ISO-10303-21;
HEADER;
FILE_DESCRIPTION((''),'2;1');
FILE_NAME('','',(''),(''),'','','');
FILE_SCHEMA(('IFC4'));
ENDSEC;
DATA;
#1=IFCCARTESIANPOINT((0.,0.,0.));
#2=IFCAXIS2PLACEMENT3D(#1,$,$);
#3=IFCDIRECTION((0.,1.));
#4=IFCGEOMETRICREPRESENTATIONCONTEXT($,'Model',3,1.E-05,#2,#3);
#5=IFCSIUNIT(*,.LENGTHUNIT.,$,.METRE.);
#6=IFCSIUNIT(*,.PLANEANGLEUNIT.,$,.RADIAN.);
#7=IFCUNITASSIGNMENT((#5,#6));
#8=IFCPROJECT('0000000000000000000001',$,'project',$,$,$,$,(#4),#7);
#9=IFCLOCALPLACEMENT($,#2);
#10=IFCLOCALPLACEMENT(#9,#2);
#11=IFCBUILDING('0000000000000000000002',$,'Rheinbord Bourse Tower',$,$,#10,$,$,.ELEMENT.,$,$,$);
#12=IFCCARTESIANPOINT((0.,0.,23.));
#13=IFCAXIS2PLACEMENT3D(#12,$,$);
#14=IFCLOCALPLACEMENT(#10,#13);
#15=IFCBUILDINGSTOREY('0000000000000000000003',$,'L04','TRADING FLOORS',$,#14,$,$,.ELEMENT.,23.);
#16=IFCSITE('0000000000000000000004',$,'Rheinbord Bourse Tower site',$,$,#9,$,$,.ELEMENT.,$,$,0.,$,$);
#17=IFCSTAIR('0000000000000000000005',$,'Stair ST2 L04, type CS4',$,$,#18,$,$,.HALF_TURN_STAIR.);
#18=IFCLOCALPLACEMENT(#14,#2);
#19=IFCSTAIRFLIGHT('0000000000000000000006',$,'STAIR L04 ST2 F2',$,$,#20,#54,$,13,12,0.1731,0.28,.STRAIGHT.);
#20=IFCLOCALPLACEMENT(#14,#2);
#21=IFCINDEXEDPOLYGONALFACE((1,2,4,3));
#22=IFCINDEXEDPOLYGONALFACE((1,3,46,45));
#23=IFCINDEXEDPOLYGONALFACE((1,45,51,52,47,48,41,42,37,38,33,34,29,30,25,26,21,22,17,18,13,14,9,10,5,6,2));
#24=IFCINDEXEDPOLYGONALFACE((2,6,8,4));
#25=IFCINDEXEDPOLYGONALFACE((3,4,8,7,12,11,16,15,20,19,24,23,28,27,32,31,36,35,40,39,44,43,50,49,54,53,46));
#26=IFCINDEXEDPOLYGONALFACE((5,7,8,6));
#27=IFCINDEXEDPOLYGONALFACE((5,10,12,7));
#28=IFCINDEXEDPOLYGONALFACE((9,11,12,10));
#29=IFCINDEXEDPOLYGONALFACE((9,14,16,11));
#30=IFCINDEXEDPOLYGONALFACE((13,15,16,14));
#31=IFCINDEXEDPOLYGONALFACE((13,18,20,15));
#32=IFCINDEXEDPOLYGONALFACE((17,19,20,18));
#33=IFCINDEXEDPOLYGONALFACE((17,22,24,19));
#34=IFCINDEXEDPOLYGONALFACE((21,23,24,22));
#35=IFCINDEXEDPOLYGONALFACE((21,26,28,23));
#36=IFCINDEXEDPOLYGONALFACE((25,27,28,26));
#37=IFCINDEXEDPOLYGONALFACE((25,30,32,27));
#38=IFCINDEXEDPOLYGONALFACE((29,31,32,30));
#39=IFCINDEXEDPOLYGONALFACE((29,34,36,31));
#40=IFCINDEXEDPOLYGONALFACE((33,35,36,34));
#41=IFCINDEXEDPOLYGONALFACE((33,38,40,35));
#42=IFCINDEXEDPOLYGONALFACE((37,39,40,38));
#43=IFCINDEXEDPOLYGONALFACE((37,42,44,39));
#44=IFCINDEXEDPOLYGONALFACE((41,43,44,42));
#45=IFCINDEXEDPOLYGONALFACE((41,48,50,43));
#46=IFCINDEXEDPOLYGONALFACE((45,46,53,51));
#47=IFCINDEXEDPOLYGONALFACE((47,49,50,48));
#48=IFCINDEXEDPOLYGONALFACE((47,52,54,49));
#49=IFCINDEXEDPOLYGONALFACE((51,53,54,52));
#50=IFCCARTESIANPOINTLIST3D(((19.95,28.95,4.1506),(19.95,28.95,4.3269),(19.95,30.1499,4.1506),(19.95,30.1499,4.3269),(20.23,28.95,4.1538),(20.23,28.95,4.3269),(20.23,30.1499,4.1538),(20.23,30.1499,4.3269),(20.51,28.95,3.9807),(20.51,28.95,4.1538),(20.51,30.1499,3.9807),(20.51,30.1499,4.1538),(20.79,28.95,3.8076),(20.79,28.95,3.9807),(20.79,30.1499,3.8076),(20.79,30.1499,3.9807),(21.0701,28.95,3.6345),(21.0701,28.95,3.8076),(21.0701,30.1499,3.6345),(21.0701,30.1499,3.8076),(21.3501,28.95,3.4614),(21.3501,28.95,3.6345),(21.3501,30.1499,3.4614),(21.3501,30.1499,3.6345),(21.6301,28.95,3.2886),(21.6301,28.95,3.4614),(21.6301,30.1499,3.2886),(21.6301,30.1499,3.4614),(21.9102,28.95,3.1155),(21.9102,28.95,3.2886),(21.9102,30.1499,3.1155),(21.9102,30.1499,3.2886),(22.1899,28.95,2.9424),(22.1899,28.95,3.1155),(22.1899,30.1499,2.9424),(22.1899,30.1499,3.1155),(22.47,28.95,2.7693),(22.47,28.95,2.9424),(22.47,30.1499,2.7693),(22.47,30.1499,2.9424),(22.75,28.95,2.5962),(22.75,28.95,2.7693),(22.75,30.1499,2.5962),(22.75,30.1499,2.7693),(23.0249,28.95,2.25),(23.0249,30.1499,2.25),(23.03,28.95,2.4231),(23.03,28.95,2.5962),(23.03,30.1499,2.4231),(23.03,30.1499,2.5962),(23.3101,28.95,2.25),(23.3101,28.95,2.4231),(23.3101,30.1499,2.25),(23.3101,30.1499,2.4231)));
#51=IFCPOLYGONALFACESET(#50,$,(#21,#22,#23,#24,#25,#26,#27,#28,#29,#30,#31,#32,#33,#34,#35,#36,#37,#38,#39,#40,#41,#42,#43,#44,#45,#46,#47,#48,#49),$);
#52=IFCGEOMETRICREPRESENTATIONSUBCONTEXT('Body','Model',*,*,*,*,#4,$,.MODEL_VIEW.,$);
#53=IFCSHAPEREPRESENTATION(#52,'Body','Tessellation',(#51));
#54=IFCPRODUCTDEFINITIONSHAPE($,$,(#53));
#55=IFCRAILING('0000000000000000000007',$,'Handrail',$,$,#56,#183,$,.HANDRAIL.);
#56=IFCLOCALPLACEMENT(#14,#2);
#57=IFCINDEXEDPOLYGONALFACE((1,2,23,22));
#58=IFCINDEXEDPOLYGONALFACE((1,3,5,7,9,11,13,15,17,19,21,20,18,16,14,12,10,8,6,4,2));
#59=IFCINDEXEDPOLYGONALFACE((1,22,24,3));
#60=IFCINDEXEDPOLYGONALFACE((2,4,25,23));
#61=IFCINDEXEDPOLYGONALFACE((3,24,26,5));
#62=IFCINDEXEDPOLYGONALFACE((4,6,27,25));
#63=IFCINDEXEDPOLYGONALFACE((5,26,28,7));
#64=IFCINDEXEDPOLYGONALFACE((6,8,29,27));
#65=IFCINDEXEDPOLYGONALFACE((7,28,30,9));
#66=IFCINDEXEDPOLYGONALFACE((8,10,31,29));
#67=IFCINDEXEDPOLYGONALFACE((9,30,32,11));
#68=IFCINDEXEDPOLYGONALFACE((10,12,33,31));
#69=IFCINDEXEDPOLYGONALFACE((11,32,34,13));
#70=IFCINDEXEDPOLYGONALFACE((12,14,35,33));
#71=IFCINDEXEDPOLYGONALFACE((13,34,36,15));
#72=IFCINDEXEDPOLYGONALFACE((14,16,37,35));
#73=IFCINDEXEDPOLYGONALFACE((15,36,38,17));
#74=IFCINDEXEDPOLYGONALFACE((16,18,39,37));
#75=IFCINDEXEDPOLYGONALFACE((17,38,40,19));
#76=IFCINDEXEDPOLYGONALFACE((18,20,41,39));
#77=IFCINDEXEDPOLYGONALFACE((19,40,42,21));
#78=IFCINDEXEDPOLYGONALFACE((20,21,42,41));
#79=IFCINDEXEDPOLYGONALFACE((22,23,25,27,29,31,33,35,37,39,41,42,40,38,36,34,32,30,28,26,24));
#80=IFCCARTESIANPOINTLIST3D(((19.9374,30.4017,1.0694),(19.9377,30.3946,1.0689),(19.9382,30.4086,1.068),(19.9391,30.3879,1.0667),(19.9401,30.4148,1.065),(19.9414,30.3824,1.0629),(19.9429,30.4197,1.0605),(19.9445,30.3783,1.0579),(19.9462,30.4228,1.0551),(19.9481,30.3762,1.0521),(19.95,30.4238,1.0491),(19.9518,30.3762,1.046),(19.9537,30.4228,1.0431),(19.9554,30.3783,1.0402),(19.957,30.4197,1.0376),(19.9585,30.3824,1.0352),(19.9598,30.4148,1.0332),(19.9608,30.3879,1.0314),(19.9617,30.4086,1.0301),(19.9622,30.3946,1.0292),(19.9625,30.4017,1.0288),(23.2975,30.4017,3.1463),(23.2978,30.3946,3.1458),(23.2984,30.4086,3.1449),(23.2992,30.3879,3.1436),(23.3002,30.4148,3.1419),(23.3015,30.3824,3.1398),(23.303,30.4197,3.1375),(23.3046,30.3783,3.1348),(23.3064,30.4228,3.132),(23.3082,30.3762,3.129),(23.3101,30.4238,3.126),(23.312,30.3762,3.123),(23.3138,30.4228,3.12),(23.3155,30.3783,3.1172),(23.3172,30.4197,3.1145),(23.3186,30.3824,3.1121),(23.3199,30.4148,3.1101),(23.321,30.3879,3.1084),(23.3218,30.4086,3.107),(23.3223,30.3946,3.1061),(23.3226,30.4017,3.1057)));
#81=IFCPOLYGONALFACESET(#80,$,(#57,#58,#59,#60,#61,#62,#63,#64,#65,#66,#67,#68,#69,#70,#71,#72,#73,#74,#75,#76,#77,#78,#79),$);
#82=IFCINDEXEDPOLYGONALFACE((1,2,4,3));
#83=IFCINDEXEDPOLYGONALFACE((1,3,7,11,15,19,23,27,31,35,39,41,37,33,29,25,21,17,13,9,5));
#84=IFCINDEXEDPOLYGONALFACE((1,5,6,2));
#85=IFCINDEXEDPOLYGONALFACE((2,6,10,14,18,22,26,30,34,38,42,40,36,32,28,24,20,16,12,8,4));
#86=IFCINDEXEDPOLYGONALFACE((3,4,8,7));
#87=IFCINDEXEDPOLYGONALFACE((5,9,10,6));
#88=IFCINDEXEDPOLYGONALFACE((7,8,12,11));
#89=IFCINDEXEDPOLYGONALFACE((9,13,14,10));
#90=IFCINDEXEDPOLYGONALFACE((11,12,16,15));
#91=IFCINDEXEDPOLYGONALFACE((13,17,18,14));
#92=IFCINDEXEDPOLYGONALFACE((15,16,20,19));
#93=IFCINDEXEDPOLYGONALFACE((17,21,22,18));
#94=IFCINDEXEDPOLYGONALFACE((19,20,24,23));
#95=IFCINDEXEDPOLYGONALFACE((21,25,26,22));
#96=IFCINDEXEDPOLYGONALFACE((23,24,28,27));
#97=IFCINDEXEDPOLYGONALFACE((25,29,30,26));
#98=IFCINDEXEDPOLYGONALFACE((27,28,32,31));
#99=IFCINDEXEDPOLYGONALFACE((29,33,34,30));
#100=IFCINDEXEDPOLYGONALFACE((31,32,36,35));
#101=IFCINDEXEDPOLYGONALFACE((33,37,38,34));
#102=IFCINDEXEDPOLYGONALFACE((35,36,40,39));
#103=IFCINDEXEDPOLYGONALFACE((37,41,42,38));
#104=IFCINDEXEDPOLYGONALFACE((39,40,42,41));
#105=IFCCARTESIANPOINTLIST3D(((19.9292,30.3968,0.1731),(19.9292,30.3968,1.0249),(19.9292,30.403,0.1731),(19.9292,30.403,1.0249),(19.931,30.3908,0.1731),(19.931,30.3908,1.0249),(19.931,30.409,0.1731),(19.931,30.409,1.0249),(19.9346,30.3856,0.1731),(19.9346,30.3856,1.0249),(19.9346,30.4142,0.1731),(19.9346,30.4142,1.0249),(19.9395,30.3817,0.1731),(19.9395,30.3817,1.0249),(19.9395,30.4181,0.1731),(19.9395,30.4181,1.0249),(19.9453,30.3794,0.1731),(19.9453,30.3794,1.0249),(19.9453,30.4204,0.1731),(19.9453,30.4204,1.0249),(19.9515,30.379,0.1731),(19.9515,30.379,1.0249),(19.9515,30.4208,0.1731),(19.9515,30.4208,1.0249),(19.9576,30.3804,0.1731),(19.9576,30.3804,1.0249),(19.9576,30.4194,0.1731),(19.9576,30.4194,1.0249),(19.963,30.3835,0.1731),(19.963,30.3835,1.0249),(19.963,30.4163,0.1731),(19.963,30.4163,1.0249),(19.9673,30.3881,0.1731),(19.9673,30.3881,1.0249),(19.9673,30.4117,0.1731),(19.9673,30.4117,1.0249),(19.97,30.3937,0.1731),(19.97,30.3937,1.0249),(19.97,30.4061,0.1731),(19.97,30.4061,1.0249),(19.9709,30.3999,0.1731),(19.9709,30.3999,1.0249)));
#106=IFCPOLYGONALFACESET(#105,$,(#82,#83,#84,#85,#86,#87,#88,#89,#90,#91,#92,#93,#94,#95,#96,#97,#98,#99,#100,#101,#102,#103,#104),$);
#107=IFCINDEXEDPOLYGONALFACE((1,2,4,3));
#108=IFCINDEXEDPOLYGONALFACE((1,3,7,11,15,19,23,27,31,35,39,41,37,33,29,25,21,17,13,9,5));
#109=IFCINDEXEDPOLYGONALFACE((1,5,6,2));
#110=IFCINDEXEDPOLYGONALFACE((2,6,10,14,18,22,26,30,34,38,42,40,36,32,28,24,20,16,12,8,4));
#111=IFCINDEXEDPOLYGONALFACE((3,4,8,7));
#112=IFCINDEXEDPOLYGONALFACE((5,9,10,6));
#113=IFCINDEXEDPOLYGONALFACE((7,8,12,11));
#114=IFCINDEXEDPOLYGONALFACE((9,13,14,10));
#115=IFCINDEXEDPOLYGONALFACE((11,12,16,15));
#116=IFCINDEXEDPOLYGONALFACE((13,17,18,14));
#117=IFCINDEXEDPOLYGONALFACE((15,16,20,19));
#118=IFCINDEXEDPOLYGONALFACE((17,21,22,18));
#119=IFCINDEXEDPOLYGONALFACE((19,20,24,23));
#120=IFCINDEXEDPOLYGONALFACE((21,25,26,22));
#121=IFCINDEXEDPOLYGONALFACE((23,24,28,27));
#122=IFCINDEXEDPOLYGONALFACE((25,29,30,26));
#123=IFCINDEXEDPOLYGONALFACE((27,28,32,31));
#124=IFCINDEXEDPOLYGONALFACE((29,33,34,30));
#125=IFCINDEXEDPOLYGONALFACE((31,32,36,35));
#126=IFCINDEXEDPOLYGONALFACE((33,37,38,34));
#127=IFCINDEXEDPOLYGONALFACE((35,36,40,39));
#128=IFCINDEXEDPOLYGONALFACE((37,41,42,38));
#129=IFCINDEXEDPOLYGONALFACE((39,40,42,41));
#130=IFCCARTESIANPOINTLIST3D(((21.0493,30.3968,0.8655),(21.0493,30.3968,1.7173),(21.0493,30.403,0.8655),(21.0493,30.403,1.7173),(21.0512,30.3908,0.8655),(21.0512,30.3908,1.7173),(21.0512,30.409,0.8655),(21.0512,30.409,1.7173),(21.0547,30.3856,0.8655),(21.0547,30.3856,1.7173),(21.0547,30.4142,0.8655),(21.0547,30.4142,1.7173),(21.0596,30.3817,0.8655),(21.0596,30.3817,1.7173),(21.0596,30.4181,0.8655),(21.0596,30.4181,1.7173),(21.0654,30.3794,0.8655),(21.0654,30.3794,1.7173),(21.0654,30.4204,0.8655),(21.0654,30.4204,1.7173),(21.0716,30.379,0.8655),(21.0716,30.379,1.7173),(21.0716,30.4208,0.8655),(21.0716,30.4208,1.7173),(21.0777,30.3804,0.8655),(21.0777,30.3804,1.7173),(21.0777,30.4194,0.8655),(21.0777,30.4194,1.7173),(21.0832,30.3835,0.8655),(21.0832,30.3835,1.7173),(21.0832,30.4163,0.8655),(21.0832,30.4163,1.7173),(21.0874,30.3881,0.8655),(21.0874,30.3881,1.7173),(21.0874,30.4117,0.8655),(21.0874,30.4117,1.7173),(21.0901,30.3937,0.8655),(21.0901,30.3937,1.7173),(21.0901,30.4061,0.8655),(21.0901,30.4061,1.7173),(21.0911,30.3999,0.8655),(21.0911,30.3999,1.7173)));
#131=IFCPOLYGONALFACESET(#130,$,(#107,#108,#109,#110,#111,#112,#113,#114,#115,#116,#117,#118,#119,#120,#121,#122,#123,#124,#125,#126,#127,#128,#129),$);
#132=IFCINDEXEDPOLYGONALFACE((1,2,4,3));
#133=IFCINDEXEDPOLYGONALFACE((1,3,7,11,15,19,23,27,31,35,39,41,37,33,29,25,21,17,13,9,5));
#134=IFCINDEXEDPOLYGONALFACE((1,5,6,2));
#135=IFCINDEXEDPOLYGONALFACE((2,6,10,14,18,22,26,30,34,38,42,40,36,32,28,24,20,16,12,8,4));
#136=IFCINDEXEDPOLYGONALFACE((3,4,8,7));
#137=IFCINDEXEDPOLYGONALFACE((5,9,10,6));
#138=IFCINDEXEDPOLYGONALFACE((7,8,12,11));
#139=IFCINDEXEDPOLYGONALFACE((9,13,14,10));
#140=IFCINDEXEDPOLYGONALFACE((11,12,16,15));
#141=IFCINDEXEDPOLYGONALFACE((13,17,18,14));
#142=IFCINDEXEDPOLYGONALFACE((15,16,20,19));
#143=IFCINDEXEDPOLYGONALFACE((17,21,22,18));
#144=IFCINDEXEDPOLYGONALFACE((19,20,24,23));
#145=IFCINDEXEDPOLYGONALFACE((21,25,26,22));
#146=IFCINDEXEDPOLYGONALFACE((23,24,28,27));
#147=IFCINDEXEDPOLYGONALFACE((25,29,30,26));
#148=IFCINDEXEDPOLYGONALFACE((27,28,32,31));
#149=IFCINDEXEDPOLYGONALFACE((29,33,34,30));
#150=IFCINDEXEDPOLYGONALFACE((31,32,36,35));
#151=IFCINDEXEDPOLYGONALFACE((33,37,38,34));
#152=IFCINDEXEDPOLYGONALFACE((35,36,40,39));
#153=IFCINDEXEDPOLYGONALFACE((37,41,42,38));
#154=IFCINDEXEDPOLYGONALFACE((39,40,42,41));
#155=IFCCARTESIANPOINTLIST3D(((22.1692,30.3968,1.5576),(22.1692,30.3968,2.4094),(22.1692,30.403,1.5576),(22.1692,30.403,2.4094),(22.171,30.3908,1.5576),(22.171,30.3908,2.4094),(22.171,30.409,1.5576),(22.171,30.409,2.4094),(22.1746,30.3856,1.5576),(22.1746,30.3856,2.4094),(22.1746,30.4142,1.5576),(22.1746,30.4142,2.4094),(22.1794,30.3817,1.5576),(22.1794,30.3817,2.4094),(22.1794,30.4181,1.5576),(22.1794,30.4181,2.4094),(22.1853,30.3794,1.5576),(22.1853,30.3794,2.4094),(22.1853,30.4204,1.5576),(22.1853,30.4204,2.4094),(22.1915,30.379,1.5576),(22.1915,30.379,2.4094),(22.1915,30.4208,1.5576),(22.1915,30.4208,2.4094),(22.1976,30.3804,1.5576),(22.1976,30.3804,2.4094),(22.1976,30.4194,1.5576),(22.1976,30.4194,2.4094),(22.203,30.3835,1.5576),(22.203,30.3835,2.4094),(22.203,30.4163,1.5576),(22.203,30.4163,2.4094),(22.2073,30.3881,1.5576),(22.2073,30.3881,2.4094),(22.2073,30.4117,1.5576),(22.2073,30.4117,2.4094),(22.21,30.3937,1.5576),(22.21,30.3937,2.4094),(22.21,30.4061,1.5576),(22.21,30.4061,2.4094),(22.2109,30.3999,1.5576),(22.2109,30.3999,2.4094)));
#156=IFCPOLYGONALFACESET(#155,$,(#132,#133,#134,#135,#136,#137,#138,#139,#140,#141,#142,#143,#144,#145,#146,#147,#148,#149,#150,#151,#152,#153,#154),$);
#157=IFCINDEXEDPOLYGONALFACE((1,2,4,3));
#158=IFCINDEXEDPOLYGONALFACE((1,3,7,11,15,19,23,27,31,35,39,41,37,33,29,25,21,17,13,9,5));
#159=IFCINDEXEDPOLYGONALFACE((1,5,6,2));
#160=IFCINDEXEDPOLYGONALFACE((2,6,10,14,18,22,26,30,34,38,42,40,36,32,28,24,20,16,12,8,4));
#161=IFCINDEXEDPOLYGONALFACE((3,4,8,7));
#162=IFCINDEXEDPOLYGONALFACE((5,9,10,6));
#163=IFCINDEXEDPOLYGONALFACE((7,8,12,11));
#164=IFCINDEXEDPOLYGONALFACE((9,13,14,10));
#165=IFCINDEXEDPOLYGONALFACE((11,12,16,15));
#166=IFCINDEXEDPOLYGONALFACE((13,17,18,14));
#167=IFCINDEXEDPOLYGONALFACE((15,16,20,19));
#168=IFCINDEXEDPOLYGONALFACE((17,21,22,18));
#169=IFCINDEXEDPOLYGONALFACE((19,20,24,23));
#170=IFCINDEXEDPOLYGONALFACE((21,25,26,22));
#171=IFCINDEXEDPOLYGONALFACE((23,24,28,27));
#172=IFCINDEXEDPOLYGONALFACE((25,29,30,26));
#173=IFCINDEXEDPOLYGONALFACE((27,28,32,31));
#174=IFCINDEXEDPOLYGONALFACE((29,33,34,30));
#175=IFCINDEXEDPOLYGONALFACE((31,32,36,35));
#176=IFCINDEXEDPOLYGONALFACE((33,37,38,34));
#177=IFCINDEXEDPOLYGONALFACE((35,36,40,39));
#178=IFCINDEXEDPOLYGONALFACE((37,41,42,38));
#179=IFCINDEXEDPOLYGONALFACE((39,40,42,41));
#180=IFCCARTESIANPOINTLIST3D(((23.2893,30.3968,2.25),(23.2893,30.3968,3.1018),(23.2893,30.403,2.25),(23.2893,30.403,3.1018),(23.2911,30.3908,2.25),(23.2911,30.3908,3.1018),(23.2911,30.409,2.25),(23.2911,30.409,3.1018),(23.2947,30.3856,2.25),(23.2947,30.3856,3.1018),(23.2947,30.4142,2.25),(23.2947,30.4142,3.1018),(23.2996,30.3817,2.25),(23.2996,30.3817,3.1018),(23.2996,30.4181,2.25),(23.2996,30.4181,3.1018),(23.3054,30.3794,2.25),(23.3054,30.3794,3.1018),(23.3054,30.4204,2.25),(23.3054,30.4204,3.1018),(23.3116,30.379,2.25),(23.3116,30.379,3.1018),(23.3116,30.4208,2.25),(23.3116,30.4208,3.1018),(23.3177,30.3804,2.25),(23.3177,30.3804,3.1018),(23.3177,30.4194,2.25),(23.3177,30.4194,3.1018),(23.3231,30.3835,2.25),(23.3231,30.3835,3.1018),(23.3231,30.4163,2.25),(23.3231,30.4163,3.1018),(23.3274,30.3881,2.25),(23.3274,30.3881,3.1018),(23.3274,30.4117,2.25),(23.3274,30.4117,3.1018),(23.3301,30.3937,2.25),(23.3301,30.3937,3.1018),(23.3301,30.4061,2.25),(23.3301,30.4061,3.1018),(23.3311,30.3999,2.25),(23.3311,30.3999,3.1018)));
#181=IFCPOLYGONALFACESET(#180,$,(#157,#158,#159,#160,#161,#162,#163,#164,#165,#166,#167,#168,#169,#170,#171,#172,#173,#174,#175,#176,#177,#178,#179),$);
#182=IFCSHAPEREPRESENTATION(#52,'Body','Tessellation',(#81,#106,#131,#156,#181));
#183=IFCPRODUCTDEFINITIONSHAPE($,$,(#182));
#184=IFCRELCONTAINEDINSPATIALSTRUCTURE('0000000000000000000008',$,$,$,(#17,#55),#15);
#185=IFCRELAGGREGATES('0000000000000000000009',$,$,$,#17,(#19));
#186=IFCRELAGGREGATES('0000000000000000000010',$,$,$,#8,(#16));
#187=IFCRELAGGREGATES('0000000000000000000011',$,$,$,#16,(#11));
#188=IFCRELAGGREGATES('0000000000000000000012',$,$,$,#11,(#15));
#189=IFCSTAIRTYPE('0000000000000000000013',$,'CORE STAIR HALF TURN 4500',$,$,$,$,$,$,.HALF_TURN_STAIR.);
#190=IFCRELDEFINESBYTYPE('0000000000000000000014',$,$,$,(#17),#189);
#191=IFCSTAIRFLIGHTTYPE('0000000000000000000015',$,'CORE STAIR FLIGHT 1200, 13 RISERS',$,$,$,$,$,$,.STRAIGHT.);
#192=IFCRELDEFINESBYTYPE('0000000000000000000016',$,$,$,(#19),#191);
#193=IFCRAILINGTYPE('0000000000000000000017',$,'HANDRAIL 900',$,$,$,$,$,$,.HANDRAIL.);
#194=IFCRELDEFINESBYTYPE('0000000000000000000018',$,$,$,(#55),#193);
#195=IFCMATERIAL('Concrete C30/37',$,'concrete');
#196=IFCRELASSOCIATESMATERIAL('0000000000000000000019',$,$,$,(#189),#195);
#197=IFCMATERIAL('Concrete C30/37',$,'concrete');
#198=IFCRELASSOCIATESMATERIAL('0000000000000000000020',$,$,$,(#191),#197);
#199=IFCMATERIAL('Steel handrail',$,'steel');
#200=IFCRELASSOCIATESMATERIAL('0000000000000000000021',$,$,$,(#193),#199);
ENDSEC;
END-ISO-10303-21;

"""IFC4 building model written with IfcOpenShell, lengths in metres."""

from ifc_helpers import new_model, si_unit, direction, frame, origin, origin_2d, place, context, subcontext, project, spatial, polyline, circle, outline, extrude, material, type_object, element, aggregate, save


model = new_model("IFC4")

# Units and contexts
model_context = context("Model", 3, precision=1e-05, world=origin(), true_north=direction((0.0, 1.0)))
body_context = subcontext(model_context, "Body", "Model", "MODEL_VIEW")
ifc_project = project(units=[si_unit("LENGTHUNIT", "METRE"), si_unit("PLANEANGLEUNIT", "RADIAN")], contexts=[model_context])

# Site, building, storey
site_placement = place(None, origin())
site = spatial("IfcSite", under=ifc_project, at=site_placement, Name="Rheinbord Bourse Tower site", CompositionType="ELEMENT", RefElevation=0.0)
building_placement = place(site_placement, origin())
building = spatial("IfcBuilding", under=site, at=building_placement, Name="Rheinbord Bourse Tower", CompositionType="ELEMENT")
storey_placement = place(building_placement, frame((0.0, 0.0, 23.0)))
storey = spatial("IfcBuildingStorey", under=building, at=storey_placement, Name="L04", Description="TRADING FLOORS", CompositionType="ELEMENT", Elevation=23.0)

# Stair, stair flight
ifc_material_1 = material(Name="Concrete C30/37", Category="concrete")
stair_type = type_object("IfcStairType", Name="CORE STAIR HALF TURN 4500", PredefinedType="HALF_TURN_STAIR", material=ifc_material_1)
stair_placement = place(storey_placement, origin())
stair = element("IfcStair", 1, at=stair_placement, inside=storey, type_object=stair_type, Name="Stair ST2 L04, type CS4", PredefinedType="HALF_TURN_STAIR")
ifc_material_2 = material(Name="Concrete C30/37", Category="concrete")
stair_flight_type = type_object("IfcStairFlightType", Name="CORE STAIR FLIGHT 1200, 13 RISERS", PredefinedType="STRAIGHT", material=ifc_material_2)
stair_flight_1_placement = place(storey_placement, frame((23.3101, 29.55, 2.25), z_axis=(0.0, 0.0, 1.0), x_axis=(-1.0, 0.0, 0.0)))
stair_flight_1 = element("IfcStairFlight", 2, at=stair_flight_1_placement, type_object=stair_flight_type, Name="STAIR L04 ST2 F2", NumberOfRisers=13, NumberOfTreads=12, PredefinedType="STRAIGHT", RiserHeight=0.1731, TreadLength=0.28, context=body_context, shape_type="SweptSolid", body=[
    extrude(outline(polyline([(0.0, 0.0), (0.0, 0.1731), (0.28, 0.1731), (0.28, 0.3462), (0.5601, 0.3462), (0.5601, 0.5193), (0.8401, 0.5193), (0.8401, 0.6924), (1.1201, 0.6924), (1.1201, 0.8655), (1.3999, 0.8655), (1.3999, 1.0386), (1.6799, 1.0386), (1.6799, 1.2114), (1.96, 1.2114), (1.96, 1.3845), (2.24, 1.3845), (2.24, 1.5576), (2.52, 1.5576), (2.52, 1.7307), (2.8, 1.7307), (2.8, 1.9038), (3.0801, 1.9038), (3.0801, 2.0769), (3.3601, 2.0769), (3.3601, 2.25), (3.3601, 1.9006), (0.2852, 0.0), (0.0, 0.0)])), frame((0.0, 0.6001, 0.0), z_axis=(0.0, -1.0, 0.0), x_axis=(1.0, 0.0, 0.0)), (0.0, 0.0, 1.0), 1.2),
])
aggregate(stair, [stair_flight_1])

# Railing
ifc_material_3 = material(Name="Steel handrail", Category="steel")
railing_type = type_object("IfcRailingType", Name="HANDRAIL 900", PredefinedType="HANDRAIL", material=ifc_material_3)
railing_1_placement = place(storey_placement, frame((19.95, 30.3999, 0.1731)))
element("IfcRailing", 3, at=railing_1_placement, inside=storey, type_object=railing_type, Name="Handrail", PredefinedType="HANDRAIL", context=body_context, shape_type="SweptSolid", body=[
    extrude(circle(Radius=0.0239, at=origin_2d()), frame((0.0, 0.0, 0.876), z_axis=(0.850623, 0.0, 0.525776), x_axis=(0.0, 1.0, 0.0)), (0.0, 0.0, 1.0), 3.9502),
    extrude(circle(Radius=0.021, at=origin_2d()), origin(), (0.0, 0.0, 1.0), 0.8518),
    extrude(circle(Radius=0.021, at=origin_2d()), frame((1.1201, 0.0, 0.6924)), (0.0, 0.0, 1.0), 0.8518),
    extrude(circle(Radius=0.021, at=origin_2d()), frame((2.24, 0.0, 1.3845)), (0.0, 0.0, 1.0), 0.8518),
    extrude(circle(Radius=0.021, at=origin_2d()), frame((3.3601, 0.0, 2.0769)), (0.0, 0.0, 1.0), 0.8518),
])

save(model, "model.ifc")
